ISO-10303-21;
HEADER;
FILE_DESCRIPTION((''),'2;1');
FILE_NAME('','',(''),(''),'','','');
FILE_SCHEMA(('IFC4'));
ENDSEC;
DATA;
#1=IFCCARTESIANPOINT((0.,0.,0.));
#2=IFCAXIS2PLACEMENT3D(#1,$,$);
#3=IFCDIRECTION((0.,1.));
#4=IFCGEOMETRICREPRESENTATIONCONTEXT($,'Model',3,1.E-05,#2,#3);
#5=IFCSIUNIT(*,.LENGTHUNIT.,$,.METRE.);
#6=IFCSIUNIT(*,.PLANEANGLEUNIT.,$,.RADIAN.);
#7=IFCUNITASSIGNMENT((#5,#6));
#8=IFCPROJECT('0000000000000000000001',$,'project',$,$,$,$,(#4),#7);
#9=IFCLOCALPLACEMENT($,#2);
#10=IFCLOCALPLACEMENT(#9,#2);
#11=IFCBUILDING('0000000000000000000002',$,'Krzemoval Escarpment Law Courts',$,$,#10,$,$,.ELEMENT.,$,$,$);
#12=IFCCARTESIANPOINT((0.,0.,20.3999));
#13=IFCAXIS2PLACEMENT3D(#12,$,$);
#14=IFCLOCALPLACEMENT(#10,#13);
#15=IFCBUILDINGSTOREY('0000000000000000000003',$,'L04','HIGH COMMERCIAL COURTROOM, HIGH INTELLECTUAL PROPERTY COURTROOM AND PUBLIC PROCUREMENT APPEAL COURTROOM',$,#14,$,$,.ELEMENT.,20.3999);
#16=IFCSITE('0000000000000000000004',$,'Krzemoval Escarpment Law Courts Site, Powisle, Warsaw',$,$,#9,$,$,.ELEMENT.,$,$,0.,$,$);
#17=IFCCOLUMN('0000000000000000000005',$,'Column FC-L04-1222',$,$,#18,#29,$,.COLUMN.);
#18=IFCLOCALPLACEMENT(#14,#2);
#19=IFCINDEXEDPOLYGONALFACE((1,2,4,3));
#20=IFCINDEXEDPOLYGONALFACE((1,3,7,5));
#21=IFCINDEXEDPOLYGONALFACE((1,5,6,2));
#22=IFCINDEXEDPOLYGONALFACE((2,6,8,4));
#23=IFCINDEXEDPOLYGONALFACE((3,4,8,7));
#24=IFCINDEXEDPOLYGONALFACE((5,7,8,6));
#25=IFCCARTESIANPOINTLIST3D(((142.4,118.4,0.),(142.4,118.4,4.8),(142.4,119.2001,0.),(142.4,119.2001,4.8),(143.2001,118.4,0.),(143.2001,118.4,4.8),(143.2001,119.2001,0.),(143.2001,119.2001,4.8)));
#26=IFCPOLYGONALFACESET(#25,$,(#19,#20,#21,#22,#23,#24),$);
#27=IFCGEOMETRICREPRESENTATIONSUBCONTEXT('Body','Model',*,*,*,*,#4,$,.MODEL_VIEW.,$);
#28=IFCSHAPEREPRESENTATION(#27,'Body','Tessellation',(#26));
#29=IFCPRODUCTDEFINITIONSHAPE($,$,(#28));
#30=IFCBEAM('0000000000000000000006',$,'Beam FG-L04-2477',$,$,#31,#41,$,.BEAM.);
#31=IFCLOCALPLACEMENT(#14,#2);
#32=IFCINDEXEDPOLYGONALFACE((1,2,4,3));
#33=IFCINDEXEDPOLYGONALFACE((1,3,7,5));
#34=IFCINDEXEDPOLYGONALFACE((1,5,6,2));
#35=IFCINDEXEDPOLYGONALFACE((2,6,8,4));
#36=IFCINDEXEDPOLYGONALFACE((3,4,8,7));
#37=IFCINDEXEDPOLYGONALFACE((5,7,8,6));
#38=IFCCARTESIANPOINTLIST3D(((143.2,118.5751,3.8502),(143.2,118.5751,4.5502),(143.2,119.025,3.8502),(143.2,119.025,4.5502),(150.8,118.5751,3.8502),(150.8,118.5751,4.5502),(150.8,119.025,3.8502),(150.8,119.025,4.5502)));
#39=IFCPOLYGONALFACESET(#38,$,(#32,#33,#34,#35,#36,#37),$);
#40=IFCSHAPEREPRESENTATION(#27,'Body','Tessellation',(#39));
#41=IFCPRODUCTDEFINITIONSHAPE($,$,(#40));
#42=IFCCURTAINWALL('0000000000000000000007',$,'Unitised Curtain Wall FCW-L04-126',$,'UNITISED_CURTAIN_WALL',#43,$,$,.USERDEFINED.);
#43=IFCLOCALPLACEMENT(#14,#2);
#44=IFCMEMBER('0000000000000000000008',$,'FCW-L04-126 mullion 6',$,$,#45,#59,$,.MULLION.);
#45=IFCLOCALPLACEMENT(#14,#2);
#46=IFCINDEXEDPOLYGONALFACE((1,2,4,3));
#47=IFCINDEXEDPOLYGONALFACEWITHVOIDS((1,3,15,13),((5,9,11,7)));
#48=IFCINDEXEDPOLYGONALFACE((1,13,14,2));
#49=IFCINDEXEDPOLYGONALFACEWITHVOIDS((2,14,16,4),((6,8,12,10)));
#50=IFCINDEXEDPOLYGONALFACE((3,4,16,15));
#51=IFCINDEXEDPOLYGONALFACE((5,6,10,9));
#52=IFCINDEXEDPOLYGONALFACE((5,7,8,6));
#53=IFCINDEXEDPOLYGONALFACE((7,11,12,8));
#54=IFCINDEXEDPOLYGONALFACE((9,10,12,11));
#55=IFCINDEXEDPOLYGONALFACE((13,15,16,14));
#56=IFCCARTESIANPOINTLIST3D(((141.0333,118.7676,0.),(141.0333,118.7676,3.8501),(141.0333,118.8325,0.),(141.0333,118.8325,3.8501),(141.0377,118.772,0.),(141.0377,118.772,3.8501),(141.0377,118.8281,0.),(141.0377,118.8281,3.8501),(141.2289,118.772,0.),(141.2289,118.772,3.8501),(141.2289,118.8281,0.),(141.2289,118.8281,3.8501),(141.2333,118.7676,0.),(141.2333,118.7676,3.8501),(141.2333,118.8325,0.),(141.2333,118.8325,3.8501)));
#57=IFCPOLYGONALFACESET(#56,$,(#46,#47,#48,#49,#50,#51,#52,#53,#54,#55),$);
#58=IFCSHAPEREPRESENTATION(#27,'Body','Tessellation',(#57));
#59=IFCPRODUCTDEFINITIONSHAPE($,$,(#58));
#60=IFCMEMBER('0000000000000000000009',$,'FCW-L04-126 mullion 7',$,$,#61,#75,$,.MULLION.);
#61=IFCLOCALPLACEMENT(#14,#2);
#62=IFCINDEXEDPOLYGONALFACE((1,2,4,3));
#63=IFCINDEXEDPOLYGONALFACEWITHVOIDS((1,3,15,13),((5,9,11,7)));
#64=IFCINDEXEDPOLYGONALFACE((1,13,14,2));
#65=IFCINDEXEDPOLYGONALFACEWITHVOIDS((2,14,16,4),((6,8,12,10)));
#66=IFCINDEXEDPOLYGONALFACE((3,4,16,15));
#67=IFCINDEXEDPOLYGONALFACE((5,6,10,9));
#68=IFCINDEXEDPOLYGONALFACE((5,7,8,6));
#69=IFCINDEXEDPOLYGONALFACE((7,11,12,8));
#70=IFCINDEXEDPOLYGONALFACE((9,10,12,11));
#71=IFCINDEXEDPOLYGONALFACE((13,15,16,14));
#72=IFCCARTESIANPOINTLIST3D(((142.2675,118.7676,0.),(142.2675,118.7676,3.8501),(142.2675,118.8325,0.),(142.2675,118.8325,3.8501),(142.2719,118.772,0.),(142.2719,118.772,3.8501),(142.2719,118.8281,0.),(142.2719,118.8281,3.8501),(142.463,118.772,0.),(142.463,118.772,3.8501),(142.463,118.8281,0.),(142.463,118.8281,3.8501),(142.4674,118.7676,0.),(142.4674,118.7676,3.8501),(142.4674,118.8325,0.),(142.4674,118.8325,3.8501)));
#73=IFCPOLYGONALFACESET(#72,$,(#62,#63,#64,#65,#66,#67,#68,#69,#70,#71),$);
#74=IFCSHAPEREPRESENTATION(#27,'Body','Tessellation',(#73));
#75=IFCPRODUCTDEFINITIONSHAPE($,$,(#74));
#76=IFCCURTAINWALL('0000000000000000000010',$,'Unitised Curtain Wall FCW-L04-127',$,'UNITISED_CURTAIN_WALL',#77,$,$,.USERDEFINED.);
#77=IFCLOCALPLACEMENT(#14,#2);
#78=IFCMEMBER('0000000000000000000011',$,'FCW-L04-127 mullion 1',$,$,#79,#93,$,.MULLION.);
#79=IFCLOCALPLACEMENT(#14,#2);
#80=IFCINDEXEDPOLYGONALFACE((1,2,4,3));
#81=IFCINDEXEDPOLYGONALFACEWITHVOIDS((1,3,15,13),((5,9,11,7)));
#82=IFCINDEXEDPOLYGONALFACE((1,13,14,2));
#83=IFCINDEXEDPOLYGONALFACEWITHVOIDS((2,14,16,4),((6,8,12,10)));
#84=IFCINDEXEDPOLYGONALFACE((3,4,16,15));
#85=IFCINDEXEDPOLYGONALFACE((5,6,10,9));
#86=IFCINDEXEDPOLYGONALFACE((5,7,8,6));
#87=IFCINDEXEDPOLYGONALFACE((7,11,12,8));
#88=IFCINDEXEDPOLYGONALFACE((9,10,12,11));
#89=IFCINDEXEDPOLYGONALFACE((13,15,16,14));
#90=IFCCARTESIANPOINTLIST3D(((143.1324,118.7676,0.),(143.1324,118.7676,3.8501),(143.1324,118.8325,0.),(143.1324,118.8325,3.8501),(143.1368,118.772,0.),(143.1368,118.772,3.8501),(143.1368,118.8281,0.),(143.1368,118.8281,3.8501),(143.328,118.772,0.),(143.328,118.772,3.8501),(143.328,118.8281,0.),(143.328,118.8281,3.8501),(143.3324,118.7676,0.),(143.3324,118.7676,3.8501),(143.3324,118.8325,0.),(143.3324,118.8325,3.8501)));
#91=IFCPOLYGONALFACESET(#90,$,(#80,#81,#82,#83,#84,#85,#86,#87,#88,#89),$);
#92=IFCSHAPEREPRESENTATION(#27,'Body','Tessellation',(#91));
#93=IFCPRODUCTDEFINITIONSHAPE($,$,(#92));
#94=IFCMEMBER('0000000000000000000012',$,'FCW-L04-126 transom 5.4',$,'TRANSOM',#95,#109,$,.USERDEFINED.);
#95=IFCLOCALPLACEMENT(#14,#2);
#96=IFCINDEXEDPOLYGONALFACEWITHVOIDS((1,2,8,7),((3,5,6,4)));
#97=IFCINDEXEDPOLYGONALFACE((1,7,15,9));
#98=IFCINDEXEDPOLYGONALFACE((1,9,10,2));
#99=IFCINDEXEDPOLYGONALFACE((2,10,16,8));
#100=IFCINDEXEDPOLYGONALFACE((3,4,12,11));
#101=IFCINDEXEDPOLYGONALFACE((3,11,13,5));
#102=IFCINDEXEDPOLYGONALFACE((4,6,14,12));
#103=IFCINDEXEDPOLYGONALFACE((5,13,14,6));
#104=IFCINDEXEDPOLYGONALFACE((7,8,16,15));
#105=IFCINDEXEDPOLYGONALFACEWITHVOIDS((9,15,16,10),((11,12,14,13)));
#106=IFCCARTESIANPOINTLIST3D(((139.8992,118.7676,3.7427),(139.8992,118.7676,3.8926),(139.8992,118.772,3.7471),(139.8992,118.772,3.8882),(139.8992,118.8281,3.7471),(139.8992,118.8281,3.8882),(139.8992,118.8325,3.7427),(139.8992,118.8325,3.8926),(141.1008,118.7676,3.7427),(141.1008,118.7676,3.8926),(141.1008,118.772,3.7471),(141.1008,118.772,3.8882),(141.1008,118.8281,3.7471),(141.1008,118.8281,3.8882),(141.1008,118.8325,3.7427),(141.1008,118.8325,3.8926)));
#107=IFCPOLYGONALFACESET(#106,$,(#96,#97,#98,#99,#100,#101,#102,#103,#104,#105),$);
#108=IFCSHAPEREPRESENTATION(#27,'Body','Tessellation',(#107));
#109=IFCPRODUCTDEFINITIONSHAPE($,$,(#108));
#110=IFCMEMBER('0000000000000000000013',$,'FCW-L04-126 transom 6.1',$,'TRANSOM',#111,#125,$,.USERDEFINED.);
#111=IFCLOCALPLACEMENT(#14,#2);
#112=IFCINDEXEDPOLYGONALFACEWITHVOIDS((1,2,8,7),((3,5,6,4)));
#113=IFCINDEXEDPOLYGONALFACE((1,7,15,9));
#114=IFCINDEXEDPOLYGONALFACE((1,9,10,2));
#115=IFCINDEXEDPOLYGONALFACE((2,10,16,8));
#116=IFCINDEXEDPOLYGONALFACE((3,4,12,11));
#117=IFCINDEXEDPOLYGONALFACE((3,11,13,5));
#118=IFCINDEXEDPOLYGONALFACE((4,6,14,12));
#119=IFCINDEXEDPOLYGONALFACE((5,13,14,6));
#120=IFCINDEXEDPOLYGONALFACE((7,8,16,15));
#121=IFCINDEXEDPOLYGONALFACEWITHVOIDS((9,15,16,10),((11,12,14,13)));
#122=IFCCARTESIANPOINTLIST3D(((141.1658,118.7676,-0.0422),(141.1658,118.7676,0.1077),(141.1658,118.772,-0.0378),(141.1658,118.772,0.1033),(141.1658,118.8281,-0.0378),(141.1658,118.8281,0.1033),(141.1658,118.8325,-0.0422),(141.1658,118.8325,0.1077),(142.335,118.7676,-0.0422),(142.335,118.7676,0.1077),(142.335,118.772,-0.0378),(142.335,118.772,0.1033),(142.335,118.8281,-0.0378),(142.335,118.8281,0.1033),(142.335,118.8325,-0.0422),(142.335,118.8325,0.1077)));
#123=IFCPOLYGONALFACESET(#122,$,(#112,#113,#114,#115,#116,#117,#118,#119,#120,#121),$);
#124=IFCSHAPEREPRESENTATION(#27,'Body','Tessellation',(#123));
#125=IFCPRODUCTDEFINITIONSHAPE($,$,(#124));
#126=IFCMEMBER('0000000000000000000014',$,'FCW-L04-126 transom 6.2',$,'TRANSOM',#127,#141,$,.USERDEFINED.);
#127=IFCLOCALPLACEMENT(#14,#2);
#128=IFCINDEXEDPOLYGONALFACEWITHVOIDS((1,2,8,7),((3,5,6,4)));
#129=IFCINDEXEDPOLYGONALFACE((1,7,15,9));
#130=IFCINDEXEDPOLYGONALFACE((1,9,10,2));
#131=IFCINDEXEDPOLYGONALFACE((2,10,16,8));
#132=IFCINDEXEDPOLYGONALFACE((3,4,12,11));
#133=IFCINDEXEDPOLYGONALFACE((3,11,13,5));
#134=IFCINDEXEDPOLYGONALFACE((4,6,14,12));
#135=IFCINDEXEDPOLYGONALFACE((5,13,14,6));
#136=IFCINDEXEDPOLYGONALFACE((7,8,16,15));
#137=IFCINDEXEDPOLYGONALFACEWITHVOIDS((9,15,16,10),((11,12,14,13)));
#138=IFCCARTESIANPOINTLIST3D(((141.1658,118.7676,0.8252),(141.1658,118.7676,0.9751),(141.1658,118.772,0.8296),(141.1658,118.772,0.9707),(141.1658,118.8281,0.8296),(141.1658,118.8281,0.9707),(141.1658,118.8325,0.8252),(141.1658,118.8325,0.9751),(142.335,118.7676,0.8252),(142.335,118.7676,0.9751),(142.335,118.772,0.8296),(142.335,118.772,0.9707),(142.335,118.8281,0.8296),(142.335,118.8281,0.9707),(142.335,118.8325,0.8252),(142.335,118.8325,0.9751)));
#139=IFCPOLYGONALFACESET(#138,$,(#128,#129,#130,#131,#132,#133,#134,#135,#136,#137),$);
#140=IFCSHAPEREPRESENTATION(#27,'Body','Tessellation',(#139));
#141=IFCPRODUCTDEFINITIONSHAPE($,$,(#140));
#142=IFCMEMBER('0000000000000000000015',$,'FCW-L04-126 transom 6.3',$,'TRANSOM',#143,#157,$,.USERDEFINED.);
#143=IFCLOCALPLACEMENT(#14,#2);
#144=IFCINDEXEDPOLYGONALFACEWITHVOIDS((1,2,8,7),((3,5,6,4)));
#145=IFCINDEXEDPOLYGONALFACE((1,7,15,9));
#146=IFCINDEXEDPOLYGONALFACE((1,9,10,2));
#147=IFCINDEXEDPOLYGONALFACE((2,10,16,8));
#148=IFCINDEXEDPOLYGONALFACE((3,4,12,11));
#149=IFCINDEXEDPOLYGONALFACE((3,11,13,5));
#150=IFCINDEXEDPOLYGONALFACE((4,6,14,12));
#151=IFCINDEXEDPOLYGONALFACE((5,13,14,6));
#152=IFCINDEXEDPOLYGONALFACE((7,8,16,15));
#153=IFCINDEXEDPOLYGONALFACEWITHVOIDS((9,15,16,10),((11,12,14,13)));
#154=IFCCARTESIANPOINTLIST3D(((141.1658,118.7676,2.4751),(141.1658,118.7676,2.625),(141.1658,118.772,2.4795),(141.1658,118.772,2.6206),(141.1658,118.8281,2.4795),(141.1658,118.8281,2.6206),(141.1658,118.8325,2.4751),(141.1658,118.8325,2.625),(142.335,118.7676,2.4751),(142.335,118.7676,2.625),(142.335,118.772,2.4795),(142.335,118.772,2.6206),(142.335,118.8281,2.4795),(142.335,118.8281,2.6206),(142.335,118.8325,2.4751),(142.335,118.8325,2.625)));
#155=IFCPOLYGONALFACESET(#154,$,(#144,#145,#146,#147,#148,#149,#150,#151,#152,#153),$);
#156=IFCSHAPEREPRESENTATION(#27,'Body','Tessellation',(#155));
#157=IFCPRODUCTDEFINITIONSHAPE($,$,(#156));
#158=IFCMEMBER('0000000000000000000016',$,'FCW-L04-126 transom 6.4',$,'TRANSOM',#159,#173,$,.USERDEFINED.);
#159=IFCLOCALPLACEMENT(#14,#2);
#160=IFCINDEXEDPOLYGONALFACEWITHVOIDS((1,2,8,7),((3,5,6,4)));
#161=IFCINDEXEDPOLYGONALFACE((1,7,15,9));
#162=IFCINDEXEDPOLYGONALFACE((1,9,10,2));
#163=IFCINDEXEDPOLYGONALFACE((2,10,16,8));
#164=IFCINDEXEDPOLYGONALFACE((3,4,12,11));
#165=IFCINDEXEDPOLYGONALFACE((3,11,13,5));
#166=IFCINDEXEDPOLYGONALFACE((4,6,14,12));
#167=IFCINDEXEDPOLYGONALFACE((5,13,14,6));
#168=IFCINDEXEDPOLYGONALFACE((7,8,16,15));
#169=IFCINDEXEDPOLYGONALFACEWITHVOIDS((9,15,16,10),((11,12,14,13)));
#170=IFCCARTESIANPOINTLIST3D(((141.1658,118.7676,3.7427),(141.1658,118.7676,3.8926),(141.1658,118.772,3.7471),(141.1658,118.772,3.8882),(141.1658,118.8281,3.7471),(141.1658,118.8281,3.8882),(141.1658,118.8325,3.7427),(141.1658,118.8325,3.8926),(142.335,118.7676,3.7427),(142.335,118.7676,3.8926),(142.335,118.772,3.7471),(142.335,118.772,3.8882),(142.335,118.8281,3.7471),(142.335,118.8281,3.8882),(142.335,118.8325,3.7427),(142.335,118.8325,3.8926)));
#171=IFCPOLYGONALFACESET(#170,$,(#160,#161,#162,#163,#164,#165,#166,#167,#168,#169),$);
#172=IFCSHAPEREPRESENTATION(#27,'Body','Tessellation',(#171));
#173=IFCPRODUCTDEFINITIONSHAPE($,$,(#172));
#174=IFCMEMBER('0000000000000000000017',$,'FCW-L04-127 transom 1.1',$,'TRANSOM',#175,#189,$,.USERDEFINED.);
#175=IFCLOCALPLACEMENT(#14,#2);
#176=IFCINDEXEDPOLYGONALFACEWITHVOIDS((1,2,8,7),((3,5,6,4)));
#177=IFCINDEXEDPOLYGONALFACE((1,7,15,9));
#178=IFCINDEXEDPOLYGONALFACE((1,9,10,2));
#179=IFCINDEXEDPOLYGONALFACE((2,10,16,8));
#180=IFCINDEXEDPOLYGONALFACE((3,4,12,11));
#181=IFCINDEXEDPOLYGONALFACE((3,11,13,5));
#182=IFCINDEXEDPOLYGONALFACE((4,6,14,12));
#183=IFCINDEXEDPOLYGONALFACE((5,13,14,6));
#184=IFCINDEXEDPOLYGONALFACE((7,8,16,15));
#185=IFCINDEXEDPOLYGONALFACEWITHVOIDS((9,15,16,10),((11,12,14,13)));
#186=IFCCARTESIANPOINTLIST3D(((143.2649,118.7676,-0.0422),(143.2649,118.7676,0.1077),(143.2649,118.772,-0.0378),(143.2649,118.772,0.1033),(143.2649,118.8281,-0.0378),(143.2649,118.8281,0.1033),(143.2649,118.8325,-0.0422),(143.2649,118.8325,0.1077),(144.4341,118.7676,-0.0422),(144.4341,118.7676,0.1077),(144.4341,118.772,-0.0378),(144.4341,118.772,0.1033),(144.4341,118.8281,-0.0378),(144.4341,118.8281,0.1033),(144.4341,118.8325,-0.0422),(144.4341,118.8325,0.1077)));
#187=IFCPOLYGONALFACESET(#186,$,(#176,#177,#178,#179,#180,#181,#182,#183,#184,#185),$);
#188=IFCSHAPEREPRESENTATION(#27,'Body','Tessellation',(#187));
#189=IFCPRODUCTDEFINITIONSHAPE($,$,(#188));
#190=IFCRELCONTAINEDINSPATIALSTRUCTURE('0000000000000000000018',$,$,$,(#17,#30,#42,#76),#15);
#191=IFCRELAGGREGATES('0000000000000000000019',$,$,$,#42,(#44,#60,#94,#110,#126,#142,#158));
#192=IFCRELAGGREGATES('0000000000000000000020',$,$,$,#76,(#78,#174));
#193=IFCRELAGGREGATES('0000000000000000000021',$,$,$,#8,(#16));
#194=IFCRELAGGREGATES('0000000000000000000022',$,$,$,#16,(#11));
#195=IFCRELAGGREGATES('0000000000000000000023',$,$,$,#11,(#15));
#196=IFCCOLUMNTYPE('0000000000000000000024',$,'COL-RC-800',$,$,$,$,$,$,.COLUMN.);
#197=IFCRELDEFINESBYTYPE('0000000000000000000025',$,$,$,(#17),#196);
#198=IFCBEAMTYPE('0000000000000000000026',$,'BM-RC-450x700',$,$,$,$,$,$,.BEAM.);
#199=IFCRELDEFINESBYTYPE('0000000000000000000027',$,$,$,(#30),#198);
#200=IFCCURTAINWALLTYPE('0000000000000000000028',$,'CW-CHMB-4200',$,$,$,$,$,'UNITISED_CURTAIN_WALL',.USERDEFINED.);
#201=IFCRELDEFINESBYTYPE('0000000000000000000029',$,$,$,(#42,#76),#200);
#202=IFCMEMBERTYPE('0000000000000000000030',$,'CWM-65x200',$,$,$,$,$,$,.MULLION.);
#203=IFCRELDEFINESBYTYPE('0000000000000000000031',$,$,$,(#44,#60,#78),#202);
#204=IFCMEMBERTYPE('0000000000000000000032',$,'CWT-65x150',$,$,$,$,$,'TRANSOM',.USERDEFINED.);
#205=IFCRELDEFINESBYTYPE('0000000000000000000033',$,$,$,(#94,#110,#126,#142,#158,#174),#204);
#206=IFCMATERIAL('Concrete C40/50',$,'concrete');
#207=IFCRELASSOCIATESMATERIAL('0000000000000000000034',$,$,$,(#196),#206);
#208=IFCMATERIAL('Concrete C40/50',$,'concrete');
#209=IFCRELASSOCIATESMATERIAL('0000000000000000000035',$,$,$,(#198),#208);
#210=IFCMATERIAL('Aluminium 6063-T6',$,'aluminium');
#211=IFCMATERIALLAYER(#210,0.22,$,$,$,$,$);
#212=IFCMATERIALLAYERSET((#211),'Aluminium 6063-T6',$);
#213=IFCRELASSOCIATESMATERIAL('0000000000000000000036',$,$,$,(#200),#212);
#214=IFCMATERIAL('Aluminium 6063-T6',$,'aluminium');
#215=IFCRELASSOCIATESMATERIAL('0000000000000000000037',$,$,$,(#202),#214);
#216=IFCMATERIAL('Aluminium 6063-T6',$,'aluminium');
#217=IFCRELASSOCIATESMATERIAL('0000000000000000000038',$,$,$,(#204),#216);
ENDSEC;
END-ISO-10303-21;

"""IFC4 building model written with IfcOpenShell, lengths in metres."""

from ifc_helpers import new_model, si_unit, direction, frame, origin, origin_2d, place, context, subcontext, project, spatial, rectangle, hollow_rectangle, extrude, material, layer, layer_set, material_profile, profile_set, type_object, element, aggregate, save


model = new_model("IFC4")

# Units and contexts
model_context = context("Model", 3, precision=1e-05, world=origin(), true_north=direction((0.0, 1.0)))
body_context = subcontext(model_context, "Body", "Model", "MODEL_VIEW")
ifc_project = project(units=[si_unit("LENGTHUNIT", "METRE"), si_unit("PLANEANGLEUNIT", "RADIAN")], contexts=[model_context])

# Site, building, storey
site_placement = place(None, origin())
site = spatial("IfcSite", under=ifc_project, at=site_placement, Name="Krzemoval Escarpment Law Courts Site, Powisle, Warsaw", CompositionType="ELEMENT", RefElevation=0.0)
building_placement = place(site_placement, origin())
building = spatial("IfcBuilding", under=site, at=building_placement, Name="Krzemoval Escarpment Law Courts", CompositionType="ELEMENT")
storey_placement = place(building_placement, frame((0.0, 0.0, 20.3999)))
storey = spatial("IfcBuildingStorey", under=building, at=storey_placement, Name="L04", Description="HIGH COMMERCIAL COURTROOM, HIGH INTELLECTUAL PROPERTY COURTROOM AND PUBLIC PROCUREMENT APPEAL COURTROOM", CompositionType="ELEMENT", Elevation=20.3999)

# Column
ifc_material_1 = material(Name="Concrete C40/50", Category="concrete")
ifc_material_profile_1 = material_profile(ifc_material_1, rectangle(XDim=0.8, YDim=0.8, at=origin_2d()), Name="RC 800x800")
ifc_profile_set_1 = profile_set([ifc_material_profile_1], Name="Concrete C40/50")
column_type = type_object("IfcColumnType", Name="COL-RC-800", PredefinedType="COLUMN", material=ifc_profile_set_1)
column_placement = place(storey_placement, frame((142.8, 118.8, 0.0), z_axis=(0.0, 0.0, 1.0), x_axis=(1.0, 0.0, 0.0)))
element("IfcColumn", 1, at=column_placement, inside=storey, type_object=column_type, Name="Column FC-L04-1222", PredefinedType="COLUMN", context=body_context, shape_type="SweptSolid", body=[
    extrude(rectangle(XDim=0.8, YDim=0.8, at=origin_2d()), origin(), (0.0, 0.0, 1.0), 4.8),
])

# Beam
ifc_material_2 = material(Name="Concrete C40/50", Category="concrete")
ifc_material_profile_2 = material_profile(ifc_material_2, rectangle(XDim=0.45, YDim=0.7, at=origin_2d()), Name="RCB 450x700")
ifc_profile_set_2 = profile_set([ifc_material_profile_2], Name="Concrete C40/50")
beam_type = type_object("IfcBeamType", Name="BM-RC-450x700", PredefinedType="BEAM", material=ifc_profile_set_2)
beam_placement = place(storey_placement, frame((143.2, 118.8, 4.2002), z_axis=(1.0, 0.0, 0.0), x_axis=(0.0, 1.0, 0.0)))
element("IfcBeam", 2, at=beam_placement, inside=storey, type_object=beam_type, Name="Beam FG-L04-2477", PredefinedType="BEAM", context=body_context, shape_type="SweptSolid", body=[
    extrude(rectangle(XDim=0.45, YDim=0.7, at=origin_2d()), origin(), (0.0, 0.0, 1.0), 7.6001),
])

# Curtain wall, members
ifc_material_3 = material(Name="Aluminium 6063-T6", Category="aluminium")
ifc_layer_1 = layer(ifc_material_3, 0.22)
ifc_layer_set_1 = layer_set([ifc_layer_1], Name="Aluminium 6063-T6")
curtain_wall_type = type_object("IfcCurtainWallType", Name="CW-CHMB-4200", ElementType="UNITISED_CURTAIN_WALL", PredefinedType="USERDEFINED", material=ifc_layer_set_1)
curtain_wall_1_placement = place(storey_placement, origin())
curtain_wall_1 = element("IfcCurtainWall", 3, at=curtain_wall_1_placement, inside=storey, type_object=curtain_wall_type, Name="Unitised Curtain Wall FCW-L04-126", ObjectType="UNITISED_CURTAIN_WALL", PredefinedType="USERDEFINED")
ifc_material_4 = material(Name="Aluminium 6063-T6", Category="aluminium")
ifc_material_profile_3 = material_profile(ifc_material_4, hollow_rectangle(XDim=0.0649, YDim=0.2, WallThickness=0.0044, at=origin_2d()), Name="ALU M65x200")
ifc_profile_set_3 = profile_set([ifc_material_profile_3], Name="Aluminium 6063-T6")
member_type_1 = type_object("IfcMemberType", Name="CWM-65x200", PredefinedType="MULLION", material=ifc_profile_set_3)
member_1_placement = place(storey_placement, frame((141.1333, 118.8, 0.0), z_axis=(0.0, 0.0, 1.0), x_axis=(0.0, 1.0, 0.0)))
member_1 = element("IfcMember", 4, at=member_1_placement, type_object=member_type_1, Name="FCW-L04-126 mullion 6", PredefinedType="MULLION", context=body_context, shape_type="SweptSolid", body=[
    extrude(hollow_rectangle(XDim=0.0649, YDim=0.2, WallThickness=0.0044, at=origin_2d()), origin(), (0.0, 0.0, 1.0), 3.8501),
])
member_2_placement = place(storey_placement, frame((142.3674, 118.8, 0.0), z_axis=(0.0, 0.0, 1.0), x_axis=(0.0, 1.0, 0.0)))
member_2 = element("IfcMember", 5, at=member_2_placement, type_object=member_type_1, Name="FCW-L04-126 mullion 7", PredefinedType="MULLION", context=body_context, shape_type="SweptSolid", body=[
    extrude(hollow_rectangle(XDim=0.0649, YDim=0.2, WallThickness=0.0044, at=origin_2d()), origin(), (0.0, 0.0, 1.0), 3.8501),
])

# Curtain wall, member
curtain_wall_2_placement = place(storey_placement, origin())
curtain_wall_2 = element("IfcCurtainWall", 6, at=curtain_wall_2_placement, inside=storey, type_object=curtain_wall_type, Name="Unitised Curtain Wall FCW-L04-127", ObjectType="UNITISED_CURTAIN_WALL", PredefinedType="USERDEFINED")
member_3_placement = place(storey_placement, frame((143.2324, 118.8, 0.0), z_axis=(0.0, 0.0, 1.0), x_axis=(0.0, 1.0, 0.0)))
member_3 = element("IfcMember", 7, at=member_3_placement, type_object=member_type_1, Name="FCW-L04-127 mullion 1", PredefinedType="MULLION", context=body_context, shape_type="SweptSolid", body=[
    extrude(hollow_rectangle(XDim=0.0649, YDim=0.2, WallThickness=0.0044, at=origin_2d()), origin(), (0.0, 0.0, 1.0), 3.8501),
])

# Members
ifc_material_5 = material(Name="Aluminium 6063-T6", Category="aluminium")
ifc_material_profile_4 = material_profile(ifc_material_5, hollow_rectangle(XDim=0.0649, YDim=0.1499, WallThickness=0.0044, at=origin_2d()), Name="ALU T65x150")
ifc_profile_set_4 = profile_set([ifc_material_profile_4], Name="Aluminium 6063-T6")
member_type_2 = type_object("IfcMemberType", Name="CWT-65x150", ElementType="TRANSOM", PredefinedType="USERDEFINED", material=ifc_profile_set_4)
member_4_placement = place(storey_placement, frame((139.8992, 118.8, 3.8176), z_axis=(1.0, 0.0, 0.0), x_axis=(0.0, 1.0, 0.0)))
member_4 = element("IfcMember", 8, at=member_4_placement, type_object=member_type_2, Name="FCW-L04-126 transom 5.4", ObjectType="TRANSOM", PredefinedType="USERDEFINED", context=body_context, shape_type="SweptSolid", body=[
    extrude(hollow_rectangle(XDim=0.0649, YDim=0.1499, WallThickness=0.0044, at=origin_2d()), origin(), (0.0, 0.0, 1.0), 1.2017),
])
member_5_placement = place(storey_placement, frame((141.1658, 118.8, 0.0327), z_axis=(1.0, 0.0, 0.0), x_axis=(0.0, 1.0, 0.0)))
member_5 = element("IfcMember", 9, at=member_5_placement, type_object=member_type_2, Name="FCW-L04-126 transom 6.1", ObjectType="TRANSOM", PredefinedType="USERDEFINED", context=body_context, shape_type="SweptSolid", body=[
    extrude(hollow_rectangle(XDim=0.0649, YDim=0.1499, WallThickness=0.0044, at=origin_2d()), origin(), (0.0, 0.0, 1.0), 1.1692),
])
member_6_placement = place(storey_placement, frame((141.1658, 118.8, 0.9001), z_axis=(1.0, 0.0, 0.0), x_axis=(0.0, 1.0, 0.0)))
member_6 = element("IfcMember", 10, at=member_6_placement, type_object=member_type_2, Name="FCW-L04-126 transom 6.2", ObjectType="TRANSOM", PredefinedType="USERDEFINED", context=body_context, shape_type="SweptSolid", body=[
    extrude(hollow_rectangle(XDim=0.0649, YDim=0.1499, WallThickness=0.0044, at=origin_2d()), origin(), (0.0, 0.0, 1.0), 1.1692),
])
member_7_placement = place(storey_placement, frame((141.1658, 118.8, 2.55), z_axis=(1.0, 0.0, 0.0), x_axis=(0.0, 1.0, 0.0)))
member_7 = element("IfcMember", 11, at=member_7_placement, type_object=member_type_2, Name="FCW-L04-126 transom 6.3", ObjectType="TRANSOM", PredefinedType="USERDEFINED", context=body_context, shape_type="SweptSolid", body=[
    extrude(hollow_rectangle(XDim=0.0649, YDim=0.1499, WallThickness=0.0044, at=origin_2d()), origin(), (0.0, 0.0, 1.0), 1.1692),
])
member_8_placement = place(storey_placement, frame((141.1658, 118.8, 3.8176), z_axis=(1.0, 0.0, 0.0), x_axis=(0.0, 1.0, 0.0)))
member_8 = element("IfcMember", 12, at=member_8_placement, type_object=member_type_2, Name="FCW-L04-126 transom 6.4", ObjectType="TRANSOM", PredefinedType="USERDEFINED", context=body_context, shape_type="SweptSolid", body=[
    extrude(hollow_rectangle(XDim=0.0649, YDim=0.1499, WallThickness=0.0044, at=origin_2d()), origin(), (0.0, 0.0, 1.0), 1.1692),
])
member_9_placement = place(storey_placement, frame((143.2649, 118.8, 0.0327), z_axis=(1.0, 0.0, 0.0), x_axis=(0.0, 1.0, 0.0)))
member_9 = element("IfcMember", 13, at=member_9_placement, type_object=member_type_2, Name="FCW-L04-127 transom 1.1", ObjectType="TRANSOM", PredefinedType="USERDEFINED", context=body_context, shape_type="SweptSolid", body=[
    extrude(hollow_rectangle(XDim=0.0649, YDim=0.1499, WallThickness=0.0044, at=origin_2d()), origin(), (0.0, 0.0, 1.0), 1.1692),
])

aggregate(curtain_wall_1, [member_1, member_2, member_4, member_5, member_6, member_7, member_8])
aggregate(curtain_wall_2, [member_3, member_9])

save(model, "model.ifc")
